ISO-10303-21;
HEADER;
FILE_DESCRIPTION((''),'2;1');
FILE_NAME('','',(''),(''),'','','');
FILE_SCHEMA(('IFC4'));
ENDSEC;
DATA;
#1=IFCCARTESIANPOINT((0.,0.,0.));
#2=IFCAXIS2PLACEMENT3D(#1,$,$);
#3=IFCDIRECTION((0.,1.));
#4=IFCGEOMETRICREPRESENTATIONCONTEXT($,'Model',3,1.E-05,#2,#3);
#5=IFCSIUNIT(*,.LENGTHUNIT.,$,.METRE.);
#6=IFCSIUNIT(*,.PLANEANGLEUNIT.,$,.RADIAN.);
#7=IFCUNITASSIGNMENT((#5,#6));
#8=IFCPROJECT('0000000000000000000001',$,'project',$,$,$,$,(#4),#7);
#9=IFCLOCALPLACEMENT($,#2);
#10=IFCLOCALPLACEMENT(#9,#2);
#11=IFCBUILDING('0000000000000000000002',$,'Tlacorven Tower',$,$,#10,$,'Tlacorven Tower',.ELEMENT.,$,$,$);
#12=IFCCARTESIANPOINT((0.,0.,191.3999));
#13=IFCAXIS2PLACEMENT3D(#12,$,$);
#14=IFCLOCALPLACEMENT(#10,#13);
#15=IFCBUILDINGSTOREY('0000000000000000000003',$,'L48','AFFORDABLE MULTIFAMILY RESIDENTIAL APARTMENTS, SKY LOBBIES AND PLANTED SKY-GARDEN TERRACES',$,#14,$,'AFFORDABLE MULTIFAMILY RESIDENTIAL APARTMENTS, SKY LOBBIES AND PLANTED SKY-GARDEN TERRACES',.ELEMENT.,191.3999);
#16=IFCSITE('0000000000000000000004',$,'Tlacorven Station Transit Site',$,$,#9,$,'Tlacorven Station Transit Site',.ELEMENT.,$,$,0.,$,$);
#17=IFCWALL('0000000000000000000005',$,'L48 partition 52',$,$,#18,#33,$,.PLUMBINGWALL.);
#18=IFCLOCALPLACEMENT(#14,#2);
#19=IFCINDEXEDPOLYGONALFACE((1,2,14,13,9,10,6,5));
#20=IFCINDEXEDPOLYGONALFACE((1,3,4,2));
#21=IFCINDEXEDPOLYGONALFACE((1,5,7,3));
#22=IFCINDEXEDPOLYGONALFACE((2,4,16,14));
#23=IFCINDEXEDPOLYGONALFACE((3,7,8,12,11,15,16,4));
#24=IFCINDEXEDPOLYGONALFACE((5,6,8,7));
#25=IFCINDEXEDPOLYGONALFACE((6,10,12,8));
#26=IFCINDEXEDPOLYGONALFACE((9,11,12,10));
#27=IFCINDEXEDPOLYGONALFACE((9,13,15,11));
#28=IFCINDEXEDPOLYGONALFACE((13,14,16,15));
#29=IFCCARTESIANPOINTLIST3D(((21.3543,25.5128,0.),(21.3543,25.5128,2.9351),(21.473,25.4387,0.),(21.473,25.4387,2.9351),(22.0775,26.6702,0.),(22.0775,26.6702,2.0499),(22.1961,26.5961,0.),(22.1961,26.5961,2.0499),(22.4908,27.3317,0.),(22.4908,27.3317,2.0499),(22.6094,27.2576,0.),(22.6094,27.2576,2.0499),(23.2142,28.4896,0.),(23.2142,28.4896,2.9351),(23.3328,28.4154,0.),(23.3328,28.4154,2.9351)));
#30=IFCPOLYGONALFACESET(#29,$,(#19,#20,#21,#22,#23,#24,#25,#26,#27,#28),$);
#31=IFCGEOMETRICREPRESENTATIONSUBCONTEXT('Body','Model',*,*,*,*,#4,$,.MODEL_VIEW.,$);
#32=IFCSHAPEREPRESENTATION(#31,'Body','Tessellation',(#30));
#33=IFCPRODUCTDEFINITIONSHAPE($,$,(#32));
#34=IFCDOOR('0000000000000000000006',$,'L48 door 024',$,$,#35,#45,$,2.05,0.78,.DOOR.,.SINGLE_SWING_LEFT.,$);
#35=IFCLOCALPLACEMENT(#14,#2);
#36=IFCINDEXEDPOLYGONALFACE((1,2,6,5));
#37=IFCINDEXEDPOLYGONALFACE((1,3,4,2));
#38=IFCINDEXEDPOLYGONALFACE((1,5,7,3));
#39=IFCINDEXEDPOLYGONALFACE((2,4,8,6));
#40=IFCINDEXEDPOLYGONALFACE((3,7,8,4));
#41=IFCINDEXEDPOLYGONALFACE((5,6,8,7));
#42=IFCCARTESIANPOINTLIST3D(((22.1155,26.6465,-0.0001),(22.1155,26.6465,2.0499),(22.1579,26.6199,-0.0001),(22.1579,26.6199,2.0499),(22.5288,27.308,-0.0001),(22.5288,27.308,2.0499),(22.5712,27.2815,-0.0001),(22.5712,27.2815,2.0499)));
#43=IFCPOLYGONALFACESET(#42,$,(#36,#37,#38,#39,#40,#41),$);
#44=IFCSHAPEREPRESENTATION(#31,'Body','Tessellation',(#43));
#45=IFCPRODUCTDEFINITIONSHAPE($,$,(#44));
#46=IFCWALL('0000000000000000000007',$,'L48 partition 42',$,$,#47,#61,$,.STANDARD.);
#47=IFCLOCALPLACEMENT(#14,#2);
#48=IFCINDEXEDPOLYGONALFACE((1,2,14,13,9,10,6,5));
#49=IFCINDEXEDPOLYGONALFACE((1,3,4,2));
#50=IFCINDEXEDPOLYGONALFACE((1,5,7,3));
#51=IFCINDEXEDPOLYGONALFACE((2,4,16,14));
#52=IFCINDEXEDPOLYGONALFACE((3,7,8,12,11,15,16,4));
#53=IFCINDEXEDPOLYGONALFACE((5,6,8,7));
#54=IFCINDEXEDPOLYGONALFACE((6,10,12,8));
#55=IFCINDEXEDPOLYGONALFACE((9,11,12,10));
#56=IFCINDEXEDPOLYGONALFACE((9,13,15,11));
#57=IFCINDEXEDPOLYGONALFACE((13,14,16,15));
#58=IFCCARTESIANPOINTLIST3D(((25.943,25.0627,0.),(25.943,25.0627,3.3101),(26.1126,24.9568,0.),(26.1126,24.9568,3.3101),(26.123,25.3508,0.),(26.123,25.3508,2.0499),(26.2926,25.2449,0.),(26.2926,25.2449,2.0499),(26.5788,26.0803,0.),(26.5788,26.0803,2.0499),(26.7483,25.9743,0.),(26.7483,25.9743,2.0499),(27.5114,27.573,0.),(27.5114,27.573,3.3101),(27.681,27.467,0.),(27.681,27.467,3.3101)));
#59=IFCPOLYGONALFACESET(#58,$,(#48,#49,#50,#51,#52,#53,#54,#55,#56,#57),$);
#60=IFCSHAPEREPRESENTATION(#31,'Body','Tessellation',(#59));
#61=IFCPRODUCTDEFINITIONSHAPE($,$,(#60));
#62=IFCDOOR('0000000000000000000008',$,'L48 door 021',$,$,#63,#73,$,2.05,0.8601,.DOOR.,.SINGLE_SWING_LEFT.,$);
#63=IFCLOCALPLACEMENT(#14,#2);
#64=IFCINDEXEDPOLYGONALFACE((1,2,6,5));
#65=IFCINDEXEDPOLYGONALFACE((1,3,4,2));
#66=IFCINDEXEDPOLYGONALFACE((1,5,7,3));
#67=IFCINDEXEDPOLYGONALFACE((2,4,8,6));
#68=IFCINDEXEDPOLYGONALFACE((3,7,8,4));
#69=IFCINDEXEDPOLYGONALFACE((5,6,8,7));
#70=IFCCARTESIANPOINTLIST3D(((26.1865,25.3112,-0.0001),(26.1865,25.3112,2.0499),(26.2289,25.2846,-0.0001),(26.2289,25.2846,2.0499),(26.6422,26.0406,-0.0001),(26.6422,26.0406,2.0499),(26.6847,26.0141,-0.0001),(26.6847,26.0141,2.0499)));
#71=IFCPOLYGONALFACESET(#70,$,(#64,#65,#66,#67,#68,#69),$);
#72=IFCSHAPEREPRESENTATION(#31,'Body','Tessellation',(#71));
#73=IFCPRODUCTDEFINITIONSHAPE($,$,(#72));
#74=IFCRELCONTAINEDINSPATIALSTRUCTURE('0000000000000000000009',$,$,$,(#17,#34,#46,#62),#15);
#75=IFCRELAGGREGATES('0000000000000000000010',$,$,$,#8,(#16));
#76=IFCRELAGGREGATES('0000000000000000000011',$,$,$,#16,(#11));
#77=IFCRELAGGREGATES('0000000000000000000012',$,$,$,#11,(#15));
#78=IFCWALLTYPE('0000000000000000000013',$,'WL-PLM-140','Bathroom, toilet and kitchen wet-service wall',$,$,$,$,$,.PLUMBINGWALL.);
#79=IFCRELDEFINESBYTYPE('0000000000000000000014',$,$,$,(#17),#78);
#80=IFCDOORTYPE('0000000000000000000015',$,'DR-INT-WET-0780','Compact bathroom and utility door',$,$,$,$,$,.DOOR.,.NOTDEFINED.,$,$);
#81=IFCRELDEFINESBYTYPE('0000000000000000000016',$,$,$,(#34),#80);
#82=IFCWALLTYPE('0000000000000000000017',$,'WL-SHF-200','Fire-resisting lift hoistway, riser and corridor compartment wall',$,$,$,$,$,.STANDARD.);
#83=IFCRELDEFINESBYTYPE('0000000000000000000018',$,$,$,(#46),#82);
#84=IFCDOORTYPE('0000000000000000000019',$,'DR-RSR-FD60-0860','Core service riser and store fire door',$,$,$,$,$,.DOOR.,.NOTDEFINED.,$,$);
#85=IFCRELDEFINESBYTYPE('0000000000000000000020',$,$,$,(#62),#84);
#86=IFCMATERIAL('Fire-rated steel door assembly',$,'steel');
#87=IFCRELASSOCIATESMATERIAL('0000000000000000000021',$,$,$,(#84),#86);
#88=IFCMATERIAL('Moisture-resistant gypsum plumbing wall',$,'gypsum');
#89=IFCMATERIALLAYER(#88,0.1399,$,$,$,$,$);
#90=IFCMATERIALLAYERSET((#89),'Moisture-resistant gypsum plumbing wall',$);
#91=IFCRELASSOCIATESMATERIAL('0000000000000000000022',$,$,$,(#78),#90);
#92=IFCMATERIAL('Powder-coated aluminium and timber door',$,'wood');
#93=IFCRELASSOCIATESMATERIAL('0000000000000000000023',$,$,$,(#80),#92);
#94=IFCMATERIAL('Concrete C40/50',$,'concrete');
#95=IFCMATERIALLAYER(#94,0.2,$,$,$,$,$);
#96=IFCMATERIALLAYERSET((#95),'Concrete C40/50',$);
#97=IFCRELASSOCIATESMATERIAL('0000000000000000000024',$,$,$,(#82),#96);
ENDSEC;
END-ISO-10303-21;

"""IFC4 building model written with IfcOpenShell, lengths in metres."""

from ifc_helpers import new_model, si_unit, direction, frame, frame_2d, origin, place, context, subcontext, project, spatial, rectangle, extrude, source, transform, mapped, material, layer, layer_set, type_object, element, fill, save


model = new_model("IFC4")

# Units and contexts
model_context = context("Model", 3, precision=1e-05, world=origin(), true_north=direction((0.0, 1.0)))
body_context = subcontext(model_context, "Body", "Model", "MODEL_VIEW")
ifc_project = project(units=[si_unit("LENGTHUNIT", "METRE"), si_unit("PLANEANGLEUNIT", "RADIAN")], contexts=[model_context])

# Site, building, storey
site_placement = place(None, origin())
site = spatial("IfcSite", under=ifc_project, at=site_placement, Name="Tlacorven Station Transit Site", LongName="Tlacorven Station Transit Site", CompositionType="ELEMENT", RefElevation=0.0)
building_placement = place(site_placement, origin())
building = spatial("IfcBuilding", under=site, at=building_placement, Name="Tlacorven Tower", LongName="Tlacorven Tower", CompositionType="ELEMENT")
storey_placement = place(building_placement, frame((0.0, 0.0, 191.3999)))
storey = spatial("IfcBuildingStorey", under=building, at=storey_placement, Name="L48", Description="AFFORDABLE MULTIFAMILY RESIDENTIAL APARTMENTS, SKY LOBBIES AND PLANTED SKY-GARDEN TERRACES", LongName="AFFORDABLE MULTIFAMILY RESIDENTIAL APARTMENTS, SKY LOBBIES AND PLANTED SKY-GARDEN TERRACES", CompositionType="ELEMENT", Elevation=191.3999)

# Shared definitions
ifc_material_1 = material(Name="Fire-rated steel door assembly", Category="steel")
door_type_1 = type_object("IfcDoorType", Name="DR-RSR-FD60-0860", Description="Core service riser and store fire door", OperationType="NOTDEFINED", PredefinedType="DOOR", material=ifc_material_1)
shared_shape_1 = source(origin(), body_context, "Body", "SweptSolid", [
    extrude(rectangle(XDim=0.8601, YDim=2.05, at=frame_2d((0.4302, 1.0249))), frame((0.0, 0.0249, 0.0), z_axis=(0.0, -1.0, 0.0), x_axis=(1.0, 0.0, 0.0)), (0.0, 0.0, 1.0), 0.05),
])

# Walls, openings, doors
ifc_material_2 = material(Name="Moisture-resistant gypsum plumbing wall", Category="gypsum")
ifc_layer_1 = layer(ifc_material_2, 0.1399)
ifc_layer_set_1 = layer_set([ifc_layer_1], Name="Moisture-resistant gypsum plumbing wall")
wall_type_1 = type_object("IfcWallType", Name="WL-PLM-140", Description="Bathroom, toilet and kitchen wet-service wall", PredefinedType="PLUMBINGWALL", material=ifc_layer_set_1)
wall_1_placement = place(storey_placement, frame((23.2734, 28.4524, 0.0), z_axis=(0.0, 0.0, 1.0), x_axis=(-0.529868, -0.84808, 0.0)))
wall_1 = element("IfcWall", 1, at=wall_1_placement, inside=storey, type_object=wall_type_1, Name="L48 partition 52", PredefinedType="PLUMBINGWALL", context=body_context, shape_type="SweptSolid", body=[
    extrude(rectangle(XDim=3.51, YDim=0.1399, at=frame_2d((1.7549, 0.0))), origin(), (0.0, 0.0, 1.0), 2.9351),
])
opening_1_placement = place(wall_1_placement, frame((1.365, 0.0, 0.0)))
opening_1 = element("IfcOpeningElement", 2, at=opening_1_placement, cuts=wall_1, PredefinedType="OPENING", context=body_context, shape_type="SweptSolid", body=[
    extrude(rectangle(XDim=0.78, YDim=2.05, at=frame_2d((0.3901, 1.0249))), frame((0.0, 0.0801, 0.0), z_axis=(0.0, -1.0, 0.0), x_axis=(1.0, 0.0, 0.0)), (0.0, 0.0, 1.0), 0.1599),
])
ifc_material_3 = material(Name="Powder-coated aluminium and timber door", Category="wood")
door_type_2 = type_object("IfcDoorType", Name="DR-INT-WET-0780", Description="Compact bathroom and utility door", OperationType="NOTDEFINED", PredefinedType="DOOR", material=ifc_material_3)
shared_shape_2 = source(origin(), body_context, "Body", "SweptSolid", [
    extrude(rectangle(XDim=0.78, YDim=2.05, at=frame_2d((0.3901, 1.0249))), frame((0.0, 0.0249, 0.0), z_axis=(0.0, -1.0, 0.0), x_axis=(1.0, 0.0, 0.0)), (0.0, 0.0, 1.0), 0.05),
])
door_1_placement = place(opening_1_placement, origin())
door_1 = element("IfcDoor", 3, at=door_1_placement, inside=storey, type_object=door_type_2, Name="L48 door 024", OperationType="SINGLE_SWING_LEFT", OverallHeight=2.05, OverallWidth=0.78, PredefinedType="DOOR", context=body_context, shape_type="MappedRepresentation", body=[
    mapped(shared_shape_2, transform((0.0, 0.0, 0.0), scale=1.0)),
])
fill(opening_1, door_1)
ifc_material_4 = material(Name="Concrete C40/50", Category="concrete")
ifc_layer_2 = layer(ifc_material_4, 0.2)
ifc_layer_set_2 = layer_set([ifc_layer_2], Name="Concrete C40/50")
wall_type_2 = type_object("IfcWallType", Name="WL-SHF-200", Description="Fire-resisting lift hoistway, riser and corridor compartment wall", PredefinedType="STANDARD", material=ifc_layer_set_2)
wall_2_placement = place(storey_placement, frame((27.5962, 27.52, 0.0), z_axis=(0.0, 0.0, 1.0), x_axis=(-0.529865, -0.848082, 0.0)))
wall_2 = element("IfcWall", 4, at=wall_2_placement, inside=storey, type_object=wall_type_2, Name="L48 partition 42", PredefinedType="STANDARD", context=body_context, shape_type="SweptSolid", body=[
    extrude(rectangle(XDim=2.96, YDim=0.2, at=frame_2d((1.48, 0.0))), origin(), (0.0, 0.0, 1.0), 3.3101),
])
opening_2_placement = place(wall_2_placement, frame((1.76, 0.0, 0.0)))
opening_2 = element("IfcOpeningElement", 5, at=opening_2_placement, cuts=wall_2, PredefinedType="OPENING", context=body_context, shape_type="SweptSolid", body=[
    extrude(rectangle(XDim=0.8601, YDim=2.05, at=frame_2d((0.4302, 1.0249))), frame((0.0, 0.1099, 0.0), z_axis=(0.0, -1.0, 0.0), x_axis=(1.0, 0.0, 0.0)), (0.0, 0.0, 1.0), 0.22),
])
door_2_placement = place(opening_2_placement, origin())
door_2 = element("IfcDoor", 6, at=door_2_placement, inside=storey, type_object=door_type_1, Name="L48 door 021", OperationType="SINGLE_SWING_LEFT", OverallHeight=2.05, OverallWidth=0.8601, PredefinedType="DOOR", context=body_context, shape_type="MappedRepresentation", body=[
    mapped(shared_shape_1, transform((0.0, 0.0, 0.0), scale=1.0)),
])
fill(opening_2, door_2)

save(model, "model.ifc")
